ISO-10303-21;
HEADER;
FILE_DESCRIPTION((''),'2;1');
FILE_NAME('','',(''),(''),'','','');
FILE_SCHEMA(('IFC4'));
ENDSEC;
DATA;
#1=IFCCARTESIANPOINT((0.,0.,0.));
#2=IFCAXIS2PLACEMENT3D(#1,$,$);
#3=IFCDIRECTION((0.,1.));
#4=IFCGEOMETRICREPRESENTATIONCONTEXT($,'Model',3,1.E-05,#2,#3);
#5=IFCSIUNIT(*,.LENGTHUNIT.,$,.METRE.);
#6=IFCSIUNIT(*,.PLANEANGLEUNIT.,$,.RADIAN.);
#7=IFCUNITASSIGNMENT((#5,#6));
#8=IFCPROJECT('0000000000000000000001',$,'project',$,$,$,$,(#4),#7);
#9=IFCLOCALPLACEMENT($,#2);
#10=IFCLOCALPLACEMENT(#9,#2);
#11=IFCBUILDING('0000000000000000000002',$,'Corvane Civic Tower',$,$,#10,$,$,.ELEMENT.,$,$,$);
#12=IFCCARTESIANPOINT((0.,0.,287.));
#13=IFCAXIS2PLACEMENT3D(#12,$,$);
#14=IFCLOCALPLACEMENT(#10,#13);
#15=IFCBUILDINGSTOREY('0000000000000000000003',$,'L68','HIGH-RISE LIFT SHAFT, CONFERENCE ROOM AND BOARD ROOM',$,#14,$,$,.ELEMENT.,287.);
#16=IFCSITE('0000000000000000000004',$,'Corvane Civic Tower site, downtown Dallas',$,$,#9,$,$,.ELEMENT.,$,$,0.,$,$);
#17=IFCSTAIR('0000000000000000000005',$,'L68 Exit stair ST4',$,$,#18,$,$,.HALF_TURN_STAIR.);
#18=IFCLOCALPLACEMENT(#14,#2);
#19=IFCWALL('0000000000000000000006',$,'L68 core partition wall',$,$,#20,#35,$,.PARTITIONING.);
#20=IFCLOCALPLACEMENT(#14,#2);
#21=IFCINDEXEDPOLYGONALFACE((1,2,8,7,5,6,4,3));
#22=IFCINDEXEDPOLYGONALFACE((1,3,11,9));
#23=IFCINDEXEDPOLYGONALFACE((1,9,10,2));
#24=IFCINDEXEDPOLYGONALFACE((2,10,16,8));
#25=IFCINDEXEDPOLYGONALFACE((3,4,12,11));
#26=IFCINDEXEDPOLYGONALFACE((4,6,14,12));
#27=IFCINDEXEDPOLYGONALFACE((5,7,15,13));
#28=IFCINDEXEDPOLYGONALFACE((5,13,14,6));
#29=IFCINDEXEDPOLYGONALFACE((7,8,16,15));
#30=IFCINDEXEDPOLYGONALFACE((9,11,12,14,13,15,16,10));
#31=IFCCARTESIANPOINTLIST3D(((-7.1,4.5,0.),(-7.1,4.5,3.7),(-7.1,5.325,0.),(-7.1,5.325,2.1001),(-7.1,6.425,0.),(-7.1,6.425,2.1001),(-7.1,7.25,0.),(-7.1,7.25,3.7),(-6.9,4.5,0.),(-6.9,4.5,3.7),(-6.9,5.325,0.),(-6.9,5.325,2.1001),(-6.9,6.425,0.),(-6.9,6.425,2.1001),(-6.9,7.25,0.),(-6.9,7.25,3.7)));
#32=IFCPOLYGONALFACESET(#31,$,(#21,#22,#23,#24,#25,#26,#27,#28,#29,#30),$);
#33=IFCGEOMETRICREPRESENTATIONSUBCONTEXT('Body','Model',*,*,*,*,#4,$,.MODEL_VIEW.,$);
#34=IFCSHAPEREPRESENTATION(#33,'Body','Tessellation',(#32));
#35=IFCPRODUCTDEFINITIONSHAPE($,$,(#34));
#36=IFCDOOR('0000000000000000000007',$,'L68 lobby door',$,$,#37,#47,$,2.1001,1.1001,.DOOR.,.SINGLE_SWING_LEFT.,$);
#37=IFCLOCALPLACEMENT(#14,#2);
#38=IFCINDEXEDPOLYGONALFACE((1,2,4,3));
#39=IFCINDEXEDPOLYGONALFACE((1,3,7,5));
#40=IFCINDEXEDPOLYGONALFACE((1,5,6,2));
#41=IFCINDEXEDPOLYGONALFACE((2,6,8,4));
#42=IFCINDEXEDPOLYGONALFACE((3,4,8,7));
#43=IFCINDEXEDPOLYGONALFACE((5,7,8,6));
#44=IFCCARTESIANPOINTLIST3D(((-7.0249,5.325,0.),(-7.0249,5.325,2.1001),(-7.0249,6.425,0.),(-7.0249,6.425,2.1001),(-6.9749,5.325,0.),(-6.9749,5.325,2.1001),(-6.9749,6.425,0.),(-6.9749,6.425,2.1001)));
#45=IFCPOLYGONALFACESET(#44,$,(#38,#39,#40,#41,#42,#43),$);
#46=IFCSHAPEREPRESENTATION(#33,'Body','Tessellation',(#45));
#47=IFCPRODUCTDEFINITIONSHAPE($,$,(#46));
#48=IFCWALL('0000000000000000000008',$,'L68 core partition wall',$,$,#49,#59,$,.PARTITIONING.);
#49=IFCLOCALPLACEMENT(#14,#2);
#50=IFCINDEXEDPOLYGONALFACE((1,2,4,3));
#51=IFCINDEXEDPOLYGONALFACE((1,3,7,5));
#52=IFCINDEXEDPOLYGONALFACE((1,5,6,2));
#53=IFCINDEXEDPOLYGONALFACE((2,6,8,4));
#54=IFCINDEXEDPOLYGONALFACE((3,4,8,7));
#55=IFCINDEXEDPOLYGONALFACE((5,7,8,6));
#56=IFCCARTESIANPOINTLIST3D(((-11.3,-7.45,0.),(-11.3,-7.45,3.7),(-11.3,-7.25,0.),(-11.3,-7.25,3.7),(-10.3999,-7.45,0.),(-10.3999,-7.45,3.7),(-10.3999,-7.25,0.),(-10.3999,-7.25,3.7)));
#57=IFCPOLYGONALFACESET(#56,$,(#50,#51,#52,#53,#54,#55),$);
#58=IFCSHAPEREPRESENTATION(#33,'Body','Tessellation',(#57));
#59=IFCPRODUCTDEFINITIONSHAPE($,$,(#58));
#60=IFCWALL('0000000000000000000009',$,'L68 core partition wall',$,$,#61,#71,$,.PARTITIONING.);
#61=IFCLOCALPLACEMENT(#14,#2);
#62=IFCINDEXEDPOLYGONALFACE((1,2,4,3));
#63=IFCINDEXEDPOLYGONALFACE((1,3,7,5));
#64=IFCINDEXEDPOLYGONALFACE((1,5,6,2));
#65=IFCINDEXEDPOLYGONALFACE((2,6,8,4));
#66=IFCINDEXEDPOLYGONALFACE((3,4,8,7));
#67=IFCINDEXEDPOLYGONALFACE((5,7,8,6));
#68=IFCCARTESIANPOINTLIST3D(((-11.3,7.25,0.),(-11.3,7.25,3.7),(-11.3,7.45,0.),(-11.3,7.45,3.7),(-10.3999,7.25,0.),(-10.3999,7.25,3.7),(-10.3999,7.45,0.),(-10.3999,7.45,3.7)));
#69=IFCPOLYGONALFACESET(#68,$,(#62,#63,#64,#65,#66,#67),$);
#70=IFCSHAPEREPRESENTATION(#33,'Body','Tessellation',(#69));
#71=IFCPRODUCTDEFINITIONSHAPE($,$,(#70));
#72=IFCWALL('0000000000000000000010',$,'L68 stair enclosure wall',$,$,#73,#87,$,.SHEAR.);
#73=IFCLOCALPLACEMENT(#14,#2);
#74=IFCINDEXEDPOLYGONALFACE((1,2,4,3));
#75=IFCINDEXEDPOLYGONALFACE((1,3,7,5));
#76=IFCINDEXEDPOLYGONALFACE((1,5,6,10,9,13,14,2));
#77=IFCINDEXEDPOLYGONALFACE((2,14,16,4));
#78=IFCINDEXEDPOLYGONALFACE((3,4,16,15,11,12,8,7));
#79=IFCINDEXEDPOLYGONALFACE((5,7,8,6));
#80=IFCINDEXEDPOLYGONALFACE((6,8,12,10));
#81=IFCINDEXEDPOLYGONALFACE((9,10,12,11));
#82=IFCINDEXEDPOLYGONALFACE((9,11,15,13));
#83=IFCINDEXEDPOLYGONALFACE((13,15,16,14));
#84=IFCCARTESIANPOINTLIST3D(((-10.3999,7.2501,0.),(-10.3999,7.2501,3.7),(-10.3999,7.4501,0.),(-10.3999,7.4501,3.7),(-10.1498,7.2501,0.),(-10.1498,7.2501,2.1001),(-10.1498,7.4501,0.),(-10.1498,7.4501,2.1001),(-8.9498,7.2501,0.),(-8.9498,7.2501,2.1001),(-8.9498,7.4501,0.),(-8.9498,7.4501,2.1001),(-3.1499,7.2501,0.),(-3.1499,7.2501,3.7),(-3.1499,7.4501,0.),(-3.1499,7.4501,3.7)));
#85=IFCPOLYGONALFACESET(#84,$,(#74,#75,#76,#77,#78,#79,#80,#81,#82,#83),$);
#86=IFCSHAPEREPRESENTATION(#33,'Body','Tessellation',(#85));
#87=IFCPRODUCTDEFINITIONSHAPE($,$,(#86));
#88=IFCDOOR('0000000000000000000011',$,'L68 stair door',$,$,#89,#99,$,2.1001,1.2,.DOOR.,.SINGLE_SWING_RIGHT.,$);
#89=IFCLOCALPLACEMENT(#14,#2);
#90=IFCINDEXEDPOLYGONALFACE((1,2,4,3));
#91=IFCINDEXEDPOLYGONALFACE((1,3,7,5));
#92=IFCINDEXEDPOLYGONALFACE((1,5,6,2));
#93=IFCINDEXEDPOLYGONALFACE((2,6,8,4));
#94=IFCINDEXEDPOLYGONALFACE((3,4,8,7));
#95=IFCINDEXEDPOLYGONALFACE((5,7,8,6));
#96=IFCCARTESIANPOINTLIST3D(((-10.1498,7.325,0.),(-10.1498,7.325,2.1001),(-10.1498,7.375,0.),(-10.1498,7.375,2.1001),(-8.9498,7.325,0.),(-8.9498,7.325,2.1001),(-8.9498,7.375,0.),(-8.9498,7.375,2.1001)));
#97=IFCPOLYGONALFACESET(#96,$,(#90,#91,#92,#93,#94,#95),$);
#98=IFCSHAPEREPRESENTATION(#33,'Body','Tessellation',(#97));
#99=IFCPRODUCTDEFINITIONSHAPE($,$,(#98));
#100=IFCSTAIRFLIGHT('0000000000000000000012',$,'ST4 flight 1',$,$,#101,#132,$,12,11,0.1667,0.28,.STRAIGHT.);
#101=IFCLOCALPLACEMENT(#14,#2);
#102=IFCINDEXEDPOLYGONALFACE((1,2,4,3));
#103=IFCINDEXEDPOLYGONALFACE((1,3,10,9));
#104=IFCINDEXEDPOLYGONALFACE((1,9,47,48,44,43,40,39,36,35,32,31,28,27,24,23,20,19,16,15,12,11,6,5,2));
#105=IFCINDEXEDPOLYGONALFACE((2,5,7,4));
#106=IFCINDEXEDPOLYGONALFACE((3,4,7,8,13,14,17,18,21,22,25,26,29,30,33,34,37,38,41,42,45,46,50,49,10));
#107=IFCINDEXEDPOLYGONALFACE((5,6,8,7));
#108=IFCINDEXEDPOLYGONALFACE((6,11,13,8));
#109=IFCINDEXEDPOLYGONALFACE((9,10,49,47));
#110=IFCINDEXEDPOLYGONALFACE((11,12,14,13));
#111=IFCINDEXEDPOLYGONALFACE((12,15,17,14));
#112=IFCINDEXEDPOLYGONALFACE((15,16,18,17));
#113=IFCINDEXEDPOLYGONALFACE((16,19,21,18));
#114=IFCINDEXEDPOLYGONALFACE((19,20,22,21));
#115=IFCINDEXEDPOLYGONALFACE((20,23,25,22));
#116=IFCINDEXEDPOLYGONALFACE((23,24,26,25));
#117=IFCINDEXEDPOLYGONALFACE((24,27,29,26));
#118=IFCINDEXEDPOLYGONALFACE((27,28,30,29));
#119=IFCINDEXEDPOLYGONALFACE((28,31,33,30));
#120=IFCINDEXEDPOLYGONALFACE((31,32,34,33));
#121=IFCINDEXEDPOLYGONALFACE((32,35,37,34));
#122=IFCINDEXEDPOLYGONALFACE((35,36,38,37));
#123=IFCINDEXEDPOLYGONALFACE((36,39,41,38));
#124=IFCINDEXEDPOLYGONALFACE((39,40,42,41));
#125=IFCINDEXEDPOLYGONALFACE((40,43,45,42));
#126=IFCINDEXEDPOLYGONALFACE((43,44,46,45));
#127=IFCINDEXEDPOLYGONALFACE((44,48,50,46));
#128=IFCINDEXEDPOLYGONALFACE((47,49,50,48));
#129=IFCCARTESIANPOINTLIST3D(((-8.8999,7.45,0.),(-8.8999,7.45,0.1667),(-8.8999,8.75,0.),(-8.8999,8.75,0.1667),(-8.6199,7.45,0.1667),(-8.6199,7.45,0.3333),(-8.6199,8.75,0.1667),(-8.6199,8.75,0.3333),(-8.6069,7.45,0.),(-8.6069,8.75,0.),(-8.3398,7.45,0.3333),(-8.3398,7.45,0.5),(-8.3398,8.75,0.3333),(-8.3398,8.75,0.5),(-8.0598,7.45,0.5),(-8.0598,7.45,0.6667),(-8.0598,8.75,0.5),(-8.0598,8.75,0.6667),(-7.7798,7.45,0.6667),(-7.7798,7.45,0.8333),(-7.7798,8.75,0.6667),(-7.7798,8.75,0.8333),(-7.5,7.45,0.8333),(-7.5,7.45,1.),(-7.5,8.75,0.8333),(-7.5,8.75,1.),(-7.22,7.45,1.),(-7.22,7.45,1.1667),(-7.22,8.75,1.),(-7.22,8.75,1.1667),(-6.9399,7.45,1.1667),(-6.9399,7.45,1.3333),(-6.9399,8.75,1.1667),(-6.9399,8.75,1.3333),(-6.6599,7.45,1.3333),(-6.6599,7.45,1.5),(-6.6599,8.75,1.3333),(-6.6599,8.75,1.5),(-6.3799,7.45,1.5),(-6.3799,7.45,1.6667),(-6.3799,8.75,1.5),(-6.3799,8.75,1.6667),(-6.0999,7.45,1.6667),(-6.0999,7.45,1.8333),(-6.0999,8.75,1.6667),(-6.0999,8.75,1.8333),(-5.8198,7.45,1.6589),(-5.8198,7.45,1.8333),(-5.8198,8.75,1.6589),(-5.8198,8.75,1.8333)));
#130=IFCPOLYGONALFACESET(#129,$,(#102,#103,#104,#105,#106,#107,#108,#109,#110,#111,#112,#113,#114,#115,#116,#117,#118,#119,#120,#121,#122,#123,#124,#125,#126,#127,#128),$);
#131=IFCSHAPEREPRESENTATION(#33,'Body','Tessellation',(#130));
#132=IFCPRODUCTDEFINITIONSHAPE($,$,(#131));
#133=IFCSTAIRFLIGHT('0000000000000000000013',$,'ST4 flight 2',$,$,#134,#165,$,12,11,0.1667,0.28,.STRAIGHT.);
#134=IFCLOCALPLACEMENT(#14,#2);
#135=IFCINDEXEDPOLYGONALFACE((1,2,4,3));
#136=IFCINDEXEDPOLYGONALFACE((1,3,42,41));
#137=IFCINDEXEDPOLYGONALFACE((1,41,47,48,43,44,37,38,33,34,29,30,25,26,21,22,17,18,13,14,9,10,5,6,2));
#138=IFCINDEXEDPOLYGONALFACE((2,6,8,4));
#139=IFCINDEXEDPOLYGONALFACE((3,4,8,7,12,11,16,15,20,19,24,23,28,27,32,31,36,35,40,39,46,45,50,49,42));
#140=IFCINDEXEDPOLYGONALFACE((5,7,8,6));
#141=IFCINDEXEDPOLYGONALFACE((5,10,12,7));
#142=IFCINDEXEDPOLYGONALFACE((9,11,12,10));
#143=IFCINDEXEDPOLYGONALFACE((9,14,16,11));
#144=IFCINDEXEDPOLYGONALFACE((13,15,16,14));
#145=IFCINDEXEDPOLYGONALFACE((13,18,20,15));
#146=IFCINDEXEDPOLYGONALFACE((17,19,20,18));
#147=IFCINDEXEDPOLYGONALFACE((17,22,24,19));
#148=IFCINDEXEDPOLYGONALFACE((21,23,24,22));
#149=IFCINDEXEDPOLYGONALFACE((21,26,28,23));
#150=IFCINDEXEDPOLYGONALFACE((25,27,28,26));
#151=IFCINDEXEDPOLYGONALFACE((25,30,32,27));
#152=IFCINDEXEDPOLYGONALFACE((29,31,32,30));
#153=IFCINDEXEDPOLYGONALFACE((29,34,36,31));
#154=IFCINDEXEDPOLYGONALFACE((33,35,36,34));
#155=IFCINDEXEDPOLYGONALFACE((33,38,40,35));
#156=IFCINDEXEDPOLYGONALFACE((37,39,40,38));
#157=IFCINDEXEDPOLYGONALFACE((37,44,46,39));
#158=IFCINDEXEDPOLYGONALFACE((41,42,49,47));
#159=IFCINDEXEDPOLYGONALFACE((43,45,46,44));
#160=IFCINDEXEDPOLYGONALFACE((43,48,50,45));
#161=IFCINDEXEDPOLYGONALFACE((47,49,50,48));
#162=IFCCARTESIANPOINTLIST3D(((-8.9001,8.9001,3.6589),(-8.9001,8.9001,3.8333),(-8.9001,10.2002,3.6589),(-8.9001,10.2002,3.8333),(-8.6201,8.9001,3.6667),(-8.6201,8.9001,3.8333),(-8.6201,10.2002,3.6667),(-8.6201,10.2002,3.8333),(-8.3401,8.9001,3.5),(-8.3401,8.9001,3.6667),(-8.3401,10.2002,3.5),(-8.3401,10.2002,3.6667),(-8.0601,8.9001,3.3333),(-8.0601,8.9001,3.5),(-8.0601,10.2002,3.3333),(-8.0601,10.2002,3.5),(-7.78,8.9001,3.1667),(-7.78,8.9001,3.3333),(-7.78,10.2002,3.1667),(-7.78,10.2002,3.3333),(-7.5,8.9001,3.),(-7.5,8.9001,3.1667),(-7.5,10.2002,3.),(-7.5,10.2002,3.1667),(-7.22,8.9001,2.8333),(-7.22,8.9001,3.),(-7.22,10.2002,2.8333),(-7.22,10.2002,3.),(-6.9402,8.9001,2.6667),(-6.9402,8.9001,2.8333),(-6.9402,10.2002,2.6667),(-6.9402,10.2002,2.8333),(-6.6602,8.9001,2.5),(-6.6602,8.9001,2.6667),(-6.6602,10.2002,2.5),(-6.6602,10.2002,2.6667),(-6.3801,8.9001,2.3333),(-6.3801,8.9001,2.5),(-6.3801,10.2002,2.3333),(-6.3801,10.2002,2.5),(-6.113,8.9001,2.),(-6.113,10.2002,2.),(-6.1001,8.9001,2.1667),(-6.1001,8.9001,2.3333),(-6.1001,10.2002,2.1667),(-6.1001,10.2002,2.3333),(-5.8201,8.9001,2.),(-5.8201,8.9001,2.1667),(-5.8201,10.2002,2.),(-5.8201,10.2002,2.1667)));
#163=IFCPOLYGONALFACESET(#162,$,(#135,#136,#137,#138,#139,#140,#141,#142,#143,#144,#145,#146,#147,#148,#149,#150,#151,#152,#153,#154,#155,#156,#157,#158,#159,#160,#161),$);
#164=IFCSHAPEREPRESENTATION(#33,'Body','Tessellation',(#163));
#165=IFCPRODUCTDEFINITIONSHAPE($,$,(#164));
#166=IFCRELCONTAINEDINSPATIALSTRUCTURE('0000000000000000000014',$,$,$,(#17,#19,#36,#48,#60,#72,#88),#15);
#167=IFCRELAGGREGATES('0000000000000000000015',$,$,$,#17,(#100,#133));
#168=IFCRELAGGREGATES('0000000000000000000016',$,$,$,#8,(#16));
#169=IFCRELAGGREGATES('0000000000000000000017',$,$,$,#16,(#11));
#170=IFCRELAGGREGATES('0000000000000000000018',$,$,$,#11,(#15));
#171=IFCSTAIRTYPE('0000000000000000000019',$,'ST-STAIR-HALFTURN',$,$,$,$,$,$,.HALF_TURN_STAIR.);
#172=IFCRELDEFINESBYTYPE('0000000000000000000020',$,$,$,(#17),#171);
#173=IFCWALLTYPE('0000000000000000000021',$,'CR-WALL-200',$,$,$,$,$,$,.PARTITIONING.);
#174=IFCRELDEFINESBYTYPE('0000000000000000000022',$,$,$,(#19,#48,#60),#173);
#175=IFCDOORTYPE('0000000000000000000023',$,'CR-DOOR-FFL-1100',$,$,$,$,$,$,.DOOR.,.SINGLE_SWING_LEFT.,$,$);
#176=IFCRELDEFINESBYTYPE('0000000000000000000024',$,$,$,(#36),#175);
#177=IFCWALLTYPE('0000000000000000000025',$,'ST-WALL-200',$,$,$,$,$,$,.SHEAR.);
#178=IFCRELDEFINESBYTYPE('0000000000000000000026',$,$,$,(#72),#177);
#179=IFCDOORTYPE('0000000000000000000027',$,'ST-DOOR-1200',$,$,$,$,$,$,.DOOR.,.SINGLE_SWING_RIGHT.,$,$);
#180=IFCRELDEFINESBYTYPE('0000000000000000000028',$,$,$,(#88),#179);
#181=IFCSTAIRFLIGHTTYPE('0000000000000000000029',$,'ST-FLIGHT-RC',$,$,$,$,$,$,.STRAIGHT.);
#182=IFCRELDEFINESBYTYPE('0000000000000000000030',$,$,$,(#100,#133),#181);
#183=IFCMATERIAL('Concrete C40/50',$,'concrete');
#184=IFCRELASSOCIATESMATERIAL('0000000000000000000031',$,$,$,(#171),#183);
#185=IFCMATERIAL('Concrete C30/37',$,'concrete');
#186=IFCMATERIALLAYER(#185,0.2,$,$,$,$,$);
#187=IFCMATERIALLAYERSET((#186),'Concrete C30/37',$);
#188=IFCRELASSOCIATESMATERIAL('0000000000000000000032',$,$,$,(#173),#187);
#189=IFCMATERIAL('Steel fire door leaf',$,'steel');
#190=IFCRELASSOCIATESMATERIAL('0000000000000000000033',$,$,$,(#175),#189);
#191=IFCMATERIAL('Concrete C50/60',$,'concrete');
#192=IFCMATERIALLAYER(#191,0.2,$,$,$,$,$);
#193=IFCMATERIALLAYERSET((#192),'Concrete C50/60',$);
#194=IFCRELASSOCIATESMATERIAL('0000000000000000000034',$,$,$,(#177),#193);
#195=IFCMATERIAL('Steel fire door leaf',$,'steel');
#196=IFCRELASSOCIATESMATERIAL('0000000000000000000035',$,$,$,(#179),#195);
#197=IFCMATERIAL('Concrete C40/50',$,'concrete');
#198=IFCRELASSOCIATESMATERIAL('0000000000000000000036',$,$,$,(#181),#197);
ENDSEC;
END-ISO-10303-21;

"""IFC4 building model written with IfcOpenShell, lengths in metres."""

from ifc_helpers import new_model, si_unit, direction, frame, frame_2d, origin, place, context, subcontext, project, spatial, polyline, rectangle, outline, extrude, material, layer, layer_set, type_object, element, fill, aggregate, save


model = new_model("IFC4")

# Units and contexts
model_context = context("Model", 3, precision=1e-05, world=origin(), true_north=direction((0.0, 1.0)))
body_context = subcontext(model_context, "Body", "Model", "MODEL_VIEW")
ifc_project = project(units=[si_unit("LENGTHUNIT", "METRE"), si_unit("PLANEANGLEUNIT", "RADIAN")], contexts=[model_context])

# Site, building, storey
site_placement = place(None, origin())
site = spatial("IfcSite", under=ifc_project, at=site_placement, Name="Corvane Civic Tower site, downtown Dallas", CompositionType="ELEMENT", RefElevation=0.0)
building_placement = place(site_placement, origin())
building = spatial("IfcBuilding", under=site, at=building_placement, Name="Corvane Civic Tower", CompositionType="ELEMENT")
storey_placement = place(building_placement, frame((0.0, 0.0, 287.0)))
storey = spatial("IfcBuildingStorey", under=building, at=storey_placement, Name="L68", Description="HIGH-RISE LIFT SHAFT, CONFERENCE ROOM AND BOARD ROOM", CompositionType="ELEMENT", Elevation=287.0)

# Stair
ifc_material_1 = material(Name="Concrete C40/50", Category="concrete")
stair_type = type_object("IfcStairType", Name="ST-STAIR-HALFTURN", PredefinedType="HALF_TURN_STAIR", material=ifc_material_1)
stair_1_placement = place(storey_placement, origin())
stair_1 = element("IfcStair", 1, at=stair_1_placement, inside=storey, type_object=stair_type, Name="L68 Exit stair ST4", PredefinedType="HALF_TURN_STAIR")

# Shared definitions
ifc_material_2 = material(Name="Concrete C30/37", Category="concrete")
ifc_layer_1 = layer(ifc_material_2, 0.2)
ifc_layer_set_1 = layer_set([ifc_layer_1], Name="Concrete C30/37")
wall_type_1 = type_object("IfcWallType", Name="CR-WALL-200", PredefinedType="PARTITIONING", material=ifc_layer_set_1)

# Wall, opening, door
wall_1_placement = place(storey_placement, frame((-7.0, 4.5, 0.0), z_axis=(0.0, 0.0, 1.0), x_axis=(0.0, 1.0, 0.0)))
wall_1 = element("IfcWall", 2, at=wall_1_placement, inside=storey, type_object=wall_type_1, Name="L68 core partition wall", PredefinedType="PARTITIONING", context=body_context, shape_type="SweptSolid", body=[
    extrude(rectangle(XDim=2.75, YDim=0.2, at=frame_2d((1.375, 0.0))), origin(), (0.0, 0.0, 1.0), 3.7),
])
opening_1_placement = place(wall_1_placement, frame((0.825, 0.0, 0.0)))
opening_1 = element("IfcOpeningElement", 3, at=opening_1_placement, cuts=wall_1, PredefinedType="OPENING", context=body_context, shape_type="SweptSolid", body=[
    extrude(rectangle(XDim=1.1001, YDim=2.1001, at=frame_2d((0.55, 1.05))), frame((0.0, 0.1099, 0.0), z_axis=(0.0, -1.0, 0.0), x_axis=(1.0, 0.0, 0.0)), (0.0, 0.0, 1.0), 0.22),
])
ifc_material_3 = material(Name="Steel fire door leaf", Category="steel")
door_type_1 = type_object("IfcDoorType", Name="CR-DOOR-FFL-1100", OperationType="SINGLE_SWING_LEFT", PredefinedType="DOOR", material=ifc_material_3)
door_1_placement = place(opening_1_placement, origin())
door_1 = element("IfcDoor", 4, at=door_1_placement, inside=storey, type_object=door_type_1, Name="L68 lobby door", OperationType="SINGLE_SWING_LEFT", OverallHeight=2.1001, OverallWidth=1.1001, PredefinedType="DOOR", context=body_context, shape_type="SweptSolid", body=[
    extrude(rectangle(XDim=1.1001, YDim=2.1001, at=frame_2d((0.55, 1.05))), frame((0.0, 0.0249, 0.0), z_axis=(0.0, -1.0, 0.0), x_axis=(1.0, 0.0, 0.0)), (0.0, 0.0, 1.0), 0.05),
])
fill(opening_1, door_1)

# Walls
wall_2_placement = place(storey_placement, origin())
element("IfcWall", 5, at=wall_2_placement, inside=storey, type_object=wall_type_1, Name="L68 core partition wall", PredefinedType="PARTITIONING", context=body_context, shape_type="SweptSolid", body=[
    extrude(outline(polyline([(-10.3999, -7.25), (-10.3999, -7.45), (-11.3, -7.45), (-11.3, -7.25), (-10.3999, -7.25)])), origin(), (0.0, 0.0, 1.0), 3.7),
])
wall_3_placement = place(storey_placement, origin())
element("IfcWall", 6, at=wall_3_placement, inside=storey, type_object=wall_type_1, Name="L68 core partition wall", PredefinedType="PARTITIONING", context=body_context, shape_type="SweptSolid", body=[
    extrude(outline(polyline([(-10.3999, 7.25), (-11.3, 7.25), (-11.3, 7.45), (-10.3999, 7.45), (-10.3999, 7.25)])), origin(), (0.0, 0.0, 1.0), 3.7),
])

# Wall, opening, door
ifc_material_4 = material(Name="Concrete C50/60", Category="concrete")
ifc_layer_2 = layer(ifc_material_4, 0.2)
ifc_layer_set_2 = layer_set([ifc_layer_2], Name="Concrete C50/60")
wall_type_2 = type_object("IfcWallType", Name="ST-WALL-200", PredefinedType="SHEAR", material=ifc_layer_set_2)
wall_4_placement = place(storey_placement, frame((-10.3999, 7.3501, 0.0), z_axis=(0.0, 0.0, 1.0), x_axis=(1.0, 0.0, 0.0)))
wall_4 = element("IfcWall", 7, at=wall_4_placement, inside=storey, type_object=wall_type_2, Name="L68 stair enclosure wall", PredefinedType="SHEAR", context=body_context, shape_type="SweptSolid", body=[
    extrude(rectangle(XDim=7.25, YDim=0.2, at=frame_2d((3.625, 0.0))), origin(), (0.0, 0.0, 1.0), 3.7),
])
opening_2_placement = place(wall_4_placement, frame((0.25, 0.0, 0.0)))
opening_2 = element("IfcOpeningElement", 8, at=opening_2_placement, cuts=wall_4, PredefinedType="OPENING", context=body_context, shape_type="SweptSolid", body=[
    extrude(rectangle(XDim=1.2, YDim=2.1001, at=frame_2d((0.6001, 1.05))), frame((0.0, 0.1099, 0.0), z_axis=(0.0, -1.0, 0.0), x_axis=(1.0, 0.0, 0.0)), (0.0, 0.0, 1.0), 0.22),
])
ifc_material_5 = material(Name="Steel fire door leaf", Category="steel")
door_type_2 = type_object("IfcDoorType", Name="ST-DOOR-1200", OperationType="SINGLE_SWING_RIGHT", PredefinedType="DOOR", material=ifc_material_5)
door_2_placement = place(opening_2_placement, origin())
door_2 = element("IfcDoor", 9, at=door_2_placement, inside=storey, type_object=door_type_2, Name="L68 stair door", OperationType="SINGLE_SWING_RIGHT", OverallHeight=2.1001, OverallWidth=1.2, PredefinedType="DOOR", context=body_context, shape_type="SweptSolid", body=[
    extrude(rectangle(XDim=1.2, YDim=2.1001, at=frame_2d((0.6001, 1.05))), frame((0.0, 0.0249, 0.0), z_axis=(0.0, -1.0, 0.0), x_axis=(1.0, 0.0, 0.0)), (0.0, 0.0, 1.0), 0.05),
])
fill(opening_2, door_2)

# Stair flights
ifc_material_6 = material(Name="Concrete C40/50", Category="concrete")
stair_flight_type = type_object("IfcStairFlightType", Name="ST-FLIGHT-RC", PredefinedType="STRAIGHT", material=ifc_material_6)
stair_flight_1_placement = place(storey_placement, frame((-8.8999, 8.1001, 0.0), z_axis=(0.0, 0.0, 1.0), x_axis=(1.0, 0.0, 0.0)))
stair_flight_1 = element("IfcStairFlight", 10, at=stair_flight_1_placement, type_object=stair_flight_type, Name="ST4 flight 1", NumberOfRisers=12, NumberOfTreads=11, PredefinedType="STRAIGHT", RiserHeight=0.1667, TreadLength=0.28, context=body_context, shape_type="SweptSolid", body=[
    extrude(outline(polyline([(0.0, 0.0), (0.0, 0.1667), (0.28, 0.1667), (0.28, 0.3333), (0.5601, 0.3333), (0.5601, 0.5), (0.8401, 0.5), (0.8401, 0.6667), (1.1201, 0.6667), (1.1201, 0.8333), (1.3999, 0.8333), (1.3999, 1.0), (1.6799, 1.0), (1.6799, 1.1667), (1.96, 1.1667), (1.96, 1.3333), (2.24, 1.3333), (2.24, 1.5), (2.52, 1.5), (2.52, 1.6667), (2.8, 1.6667), (2.8, 1.8333), (3.0801, 1.8333), (3.0801, 2.0), (3.0801, 1.6589), (0.293, 0.0), (0.0, 0.0)])), frame((0.0, 0.6499, 0.0), z_axis=(0.0, -1.0, 0.0), x_axis=(1.0, 0.0, 0.0)), (0.0, 0.0, 1.0), 1.3),
])
stair_flight_2_placement = place(storey_placement, frame((-5.8201, 9.55, 2.0), z_axis=(0.0, 0.0, 1.0), x_axis=(-1.0, 0.0, 0.0)))
stair_flight_2 = element("IfcStairFlight", 11, at=stair_flight_2_placement, type_object=stair_flight_type, Name="ST4 flight 2", NumberOfRisers=12, NumberOfTreads=11, PredefinedType="STRAIGHT", RiserHeight=0.1667, TreadLength=0.28, context=body_context, shape_type="SweptSolid", body=[
    extrude(outline(polyline([(0.0, 0.0), (0.0, 0.1667), (0.28, 0.1667), (0.28, 0.3333), (0.5601, 0.3333), (0.5601, 0.5), (0.8401, 0.5), (0.8401, 0.6667), (1.1201, 0.6667), (1.1201, 0.8333), (1.3999, 0.8333), (1.3999, 1.0), (1.6799, 1.0), (1.6799, 1.1667), (1.96, 1.1667), (1.96, 1.3333), (2.24, 1.3333), (2.24, 1.5), (2.52, 1.5), (2.52, 1.6667), (2.8, 1.6667), (2.8, 1.8333), (3.0801, 1.8333), (3.0801, 2.0), (3.0801, 1.6589), (0.293, 0.0), (0.0, 0.0)])), frame((0.0, 0.6499, 0.0), z_axis=(0.0, -1.0, 0.0), x_axis=(1.0, 0.0, 0.0)), (0.0, 0.0, 1.0), 1.3),
])
aggregate(stair_1, [stair_flight_1, stair_flight_2])

save(model, "model.ifc")
